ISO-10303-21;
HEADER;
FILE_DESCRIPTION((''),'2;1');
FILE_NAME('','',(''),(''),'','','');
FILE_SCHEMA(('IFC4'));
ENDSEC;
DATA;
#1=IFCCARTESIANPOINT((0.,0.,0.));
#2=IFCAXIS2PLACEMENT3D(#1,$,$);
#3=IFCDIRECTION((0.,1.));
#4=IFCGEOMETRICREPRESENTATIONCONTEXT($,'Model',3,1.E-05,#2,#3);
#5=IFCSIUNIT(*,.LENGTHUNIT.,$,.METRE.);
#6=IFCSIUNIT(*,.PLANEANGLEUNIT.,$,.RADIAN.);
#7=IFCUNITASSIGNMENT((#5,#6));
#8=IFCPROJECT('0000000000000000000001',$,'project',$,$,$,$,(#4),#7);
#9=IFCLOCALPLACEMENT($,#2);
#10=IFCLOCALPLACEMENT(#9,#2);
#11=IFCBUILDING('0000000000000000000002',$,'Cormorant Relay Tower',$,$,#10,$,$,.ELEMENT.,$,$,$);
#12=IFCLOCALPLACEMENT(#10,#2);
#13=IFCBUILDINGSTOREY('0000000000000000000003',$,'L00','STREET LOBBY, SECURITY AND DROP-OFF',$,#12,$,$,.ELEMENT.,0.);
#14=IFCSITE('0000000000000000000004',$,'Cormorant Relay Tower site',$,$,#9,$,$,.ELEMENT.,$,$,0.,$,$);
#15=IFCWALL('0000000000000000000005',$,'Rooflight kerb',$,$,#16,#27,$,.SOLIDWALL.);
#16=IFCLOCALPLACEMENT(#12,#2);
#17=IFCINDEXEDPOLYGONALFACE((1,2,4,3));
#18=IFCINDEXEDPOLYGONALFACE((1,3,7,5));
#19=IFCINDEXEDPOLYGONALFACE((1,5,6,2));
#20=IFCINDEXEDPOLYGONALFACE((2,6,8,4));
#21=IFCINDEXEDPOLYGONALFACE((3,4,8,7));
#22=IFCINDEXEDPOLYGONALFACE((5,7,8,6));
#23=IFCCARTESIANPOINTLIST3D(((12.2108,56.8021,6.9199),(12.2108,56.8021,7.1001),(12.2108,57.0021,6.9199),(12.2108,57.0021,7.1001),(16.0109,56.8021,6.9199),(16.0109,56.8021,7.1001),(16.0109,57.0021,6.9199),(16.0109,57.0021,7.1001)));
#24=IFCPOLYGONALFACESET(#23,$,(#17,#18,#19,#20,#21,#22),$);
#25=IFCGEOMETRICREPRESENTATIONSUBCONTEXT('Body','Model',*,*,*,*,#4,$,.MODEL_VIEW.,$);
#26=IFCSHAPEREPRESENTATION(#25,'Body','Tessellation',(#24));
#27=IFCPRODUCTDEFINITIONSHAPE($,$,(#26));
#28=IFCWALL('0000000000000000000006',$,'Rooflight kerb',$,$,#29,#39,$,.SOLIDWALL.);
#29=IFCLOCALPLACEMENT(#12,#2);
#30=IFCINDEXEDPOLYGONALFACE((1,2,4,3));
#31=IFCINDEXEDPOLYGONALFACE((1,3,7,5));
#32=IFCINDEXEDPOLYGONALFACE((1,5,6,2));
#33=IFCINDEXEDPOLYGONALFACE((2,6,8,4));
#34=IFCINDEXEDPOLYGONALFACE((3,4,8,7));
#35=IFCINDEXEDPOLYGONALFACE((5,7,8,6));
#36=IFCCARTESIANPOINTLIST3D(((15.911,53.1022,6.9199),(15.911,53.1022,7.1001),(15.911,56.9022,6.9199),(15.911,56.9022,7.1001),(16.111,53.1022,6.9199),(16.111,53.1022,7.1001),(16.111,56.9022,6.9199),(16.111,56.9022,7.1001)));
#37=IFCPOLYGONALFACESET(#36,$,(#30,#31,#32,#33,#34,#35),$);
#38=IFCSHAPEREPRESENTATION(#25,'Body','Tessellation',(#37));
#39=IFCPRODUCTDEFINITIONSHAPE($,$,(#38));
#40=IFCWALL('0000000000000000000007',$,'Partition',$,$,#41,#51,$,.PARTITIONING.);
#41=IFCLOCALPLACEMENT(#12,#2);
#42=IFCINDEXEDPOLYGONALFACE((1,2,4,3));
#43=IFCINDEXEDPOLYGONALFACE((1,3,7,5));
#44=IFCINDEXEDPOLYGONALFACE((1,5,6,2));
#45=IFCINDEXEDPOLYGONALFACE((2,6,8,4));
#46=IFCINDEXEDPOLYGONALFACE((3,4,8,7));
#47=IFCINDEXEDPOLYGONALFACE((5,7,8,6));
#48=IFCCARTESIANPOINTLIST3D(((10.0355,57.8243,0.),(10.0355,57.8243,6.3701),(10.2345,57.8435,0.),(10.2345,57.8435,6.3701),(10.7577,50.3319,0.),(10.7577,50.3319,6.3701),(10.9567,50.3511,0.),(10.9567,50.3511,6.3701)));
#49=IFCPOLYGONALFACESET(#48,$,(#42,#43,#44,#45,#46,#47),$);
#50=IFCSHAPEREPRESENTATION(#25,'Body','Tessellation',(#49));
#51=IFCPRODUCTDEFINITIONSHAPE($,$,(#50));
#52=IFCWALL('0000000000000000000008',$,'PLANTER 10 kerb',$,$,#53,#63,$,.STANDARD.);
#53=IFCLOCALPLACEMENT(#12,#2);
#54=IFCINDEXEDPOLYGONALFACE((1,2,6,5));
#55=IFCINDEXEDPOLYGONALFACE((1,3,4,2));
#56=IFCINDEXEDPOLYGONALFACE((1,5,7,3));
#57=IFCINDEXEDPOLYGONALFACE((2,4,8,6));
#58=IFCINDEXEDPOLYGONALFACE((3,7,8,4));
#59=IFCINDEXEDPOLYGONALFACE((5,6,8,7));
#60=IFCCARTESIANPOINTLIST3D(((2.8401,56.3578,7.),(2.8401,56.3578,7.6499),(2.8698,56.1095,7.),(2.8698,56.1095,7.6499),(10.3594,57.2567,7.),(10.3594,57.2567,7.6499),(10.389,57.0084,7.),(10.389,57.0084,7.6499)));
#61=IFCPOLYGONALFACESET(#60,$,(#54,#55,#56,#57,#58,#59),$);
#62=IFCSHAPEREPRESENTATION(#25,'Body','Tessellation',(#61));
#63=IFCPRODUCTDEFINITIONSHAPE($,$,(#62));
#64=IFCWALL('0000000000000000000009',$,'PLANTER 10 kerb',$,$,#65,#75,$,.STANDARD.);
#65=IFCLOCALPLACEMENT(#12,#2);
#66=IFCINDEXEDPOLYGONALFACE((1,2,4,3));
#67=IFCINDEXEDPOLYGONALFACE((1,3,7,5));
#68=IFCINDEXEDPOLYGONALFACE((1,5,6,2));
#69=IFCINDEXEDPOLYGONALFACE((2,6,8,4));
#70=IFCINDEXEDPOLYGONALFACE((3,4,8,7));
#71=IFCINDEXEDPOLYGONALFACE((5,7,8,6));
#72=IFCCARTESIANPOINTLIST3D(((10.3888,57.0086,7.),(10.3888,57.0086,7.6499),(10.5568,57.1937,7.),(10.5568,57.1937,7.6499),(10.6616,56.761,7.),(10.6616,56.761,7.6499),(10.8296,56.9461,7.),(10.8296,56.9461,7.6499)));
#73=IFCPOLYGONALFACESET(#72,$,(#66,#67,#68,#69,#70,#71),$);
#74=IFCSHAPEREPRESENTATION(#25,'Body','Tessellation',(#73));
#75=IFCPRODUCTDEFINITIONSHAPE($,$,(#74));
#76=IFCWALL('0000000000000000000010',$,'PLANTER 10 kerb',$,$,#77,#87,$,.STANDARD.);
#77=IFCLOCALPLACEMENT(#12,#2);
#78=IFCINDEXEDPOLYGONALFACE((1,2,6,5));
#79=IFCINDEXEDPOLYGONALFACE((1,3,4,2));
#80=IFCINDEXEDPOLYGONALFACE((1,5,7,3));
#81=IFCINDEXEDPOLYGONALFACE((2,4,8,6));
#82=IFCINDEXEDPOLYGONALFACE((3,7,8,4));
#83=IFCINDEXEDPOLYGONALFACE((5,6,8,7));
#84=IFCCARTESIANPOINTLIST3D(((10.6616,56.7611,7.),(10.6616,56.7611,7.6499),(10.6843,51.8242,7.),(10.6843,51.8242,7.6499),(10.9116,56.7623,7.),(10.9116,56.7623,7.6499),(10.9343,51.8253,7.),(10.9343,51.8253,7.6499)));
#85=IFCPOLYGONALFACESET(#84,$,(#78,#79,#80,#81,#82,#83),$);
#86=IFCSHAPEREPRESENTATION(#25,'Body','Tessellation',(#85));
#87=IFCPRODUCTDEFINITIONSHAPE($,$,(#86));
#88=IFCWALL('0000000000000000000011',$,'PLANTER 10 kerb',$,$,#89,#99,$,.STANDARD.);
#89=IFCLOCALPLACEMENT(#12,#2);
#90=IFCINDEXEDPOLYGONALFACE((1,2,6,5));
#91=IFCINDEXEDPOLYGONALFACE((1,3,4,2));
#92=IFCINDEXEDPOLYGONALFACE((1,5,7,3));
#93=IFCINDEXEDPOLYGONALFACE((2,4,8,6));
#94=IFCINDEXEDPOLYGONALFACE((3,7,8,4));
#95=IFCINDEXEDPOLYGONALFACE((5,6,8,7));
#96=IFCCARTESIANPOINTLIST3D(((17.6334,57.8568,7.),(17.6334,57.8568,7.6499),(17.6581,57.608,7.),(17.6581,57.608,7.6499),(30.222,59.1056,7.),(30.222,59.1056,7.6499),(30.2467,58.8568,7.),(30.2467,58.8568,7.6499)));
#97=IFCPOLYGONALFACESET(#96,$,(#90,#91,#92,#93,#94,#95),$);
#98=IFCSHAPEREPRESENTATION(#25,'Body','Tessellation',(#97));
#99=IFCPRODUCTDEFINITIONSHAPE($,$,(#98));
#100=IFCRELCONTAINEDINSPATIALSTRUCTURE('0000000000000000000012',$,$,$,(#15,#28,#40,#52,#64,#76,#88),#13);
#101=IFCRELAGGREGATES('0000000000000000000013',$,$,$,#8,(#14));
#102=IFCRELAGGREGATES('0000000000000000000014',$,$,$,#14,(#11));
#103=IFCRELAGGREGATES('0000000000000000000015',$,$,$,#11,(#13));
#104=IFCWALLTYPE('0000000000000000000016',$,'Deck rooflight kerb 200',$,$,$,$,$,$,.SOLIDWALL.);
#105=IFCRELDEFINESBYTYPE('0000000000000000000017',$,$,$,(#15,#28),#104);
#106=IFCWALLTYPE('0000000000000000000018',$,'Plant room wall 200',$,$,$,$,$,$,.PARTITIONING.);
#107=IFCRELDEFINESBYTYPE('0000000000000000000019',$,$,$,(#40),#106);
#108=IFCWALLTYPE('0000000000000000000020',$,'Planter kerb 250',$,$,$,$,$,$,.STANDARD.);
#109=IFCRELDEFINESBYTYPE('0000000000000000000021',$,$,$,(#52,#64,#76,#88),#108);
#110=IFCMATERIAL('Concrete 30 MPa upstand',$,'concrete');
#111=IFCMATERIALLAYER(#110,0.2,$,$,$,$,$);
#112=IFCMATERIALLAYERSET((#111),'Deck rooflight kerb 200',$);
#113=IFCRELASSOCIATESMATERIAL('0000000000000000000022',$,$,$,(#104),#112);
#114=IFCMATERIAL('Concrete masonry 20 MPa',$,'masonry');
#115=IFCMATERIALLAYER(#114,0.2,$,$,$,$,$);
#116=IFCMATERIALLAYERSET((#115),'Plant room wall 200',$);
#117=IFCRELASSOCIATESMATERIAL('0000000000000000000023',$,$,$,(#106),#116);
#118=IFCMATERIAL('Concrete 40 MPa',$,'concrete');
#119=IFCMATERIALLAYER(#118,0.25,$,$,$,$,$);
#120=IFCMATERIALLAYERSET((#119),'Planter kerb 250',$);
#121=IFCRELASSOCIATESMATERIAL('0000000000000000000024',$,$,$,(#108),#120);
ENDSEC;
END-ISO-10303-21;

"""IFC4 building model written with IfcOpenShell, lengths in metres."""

from ifc_helpers import new_model, si_unit, direction, frame, frame_2d, origin, place, context, subcontext, project, spatial, rectangle, extrude, material, layer, layer_set, type_object, element, save


model = new_model("IFC4")

# Units and contexts
model_context = context("Model", 3, precision=1e-05, world=origin(), true_north=direction((0.0, 1.0)))
body_context = subcontext(model_context, "Body", "Model", "MODEL_VIEW")
ifc_project = project(units=[si_unit("LENGTHUNIT", "METRE"), si_unit("PLANEANGLEUNIT", "RADIAN")], contexts=[model_context])

# Site, building, storey
site_placement = place(None, origin())
site = spatial("IfcSite", under=ifc_project, at=site_placement, Name="Cormorant Relay Tower site", CompositionType="ELEMENT", RefElevation=0.0)
building_placement = place(site_placement, origin())
building = spatial("IfcBuilding", under=site, at=building_placement, Name="Cormorant Relay Tower", CompositionType="ELEMENT")
storey_placement = place(building_placement, origin())
storey = spatial("IfcBuildingStorey", under=building, at=storey_placement, Name="L00", Description="STREET LOBBY, SECURITY AND DROP-OFF", CompositionType="ELEMENT", Elevation=0.0)

# Walls
ifc_material_1 = material(Name="Concrete 30 MPa upstand", Category="concrete")
ifc_layer_1 = layer(ifc_material_1, 0.2)
ifc_layer_set_1 = layer_set([ifc_layer_1], Name="Deck rooflight kerb 200")
wall_type_1 = type_object("IfcWallType", Name="Deck rooflight kerb 200", PredefinedType="SOLIDWALL", material=ifc_layer_set_1)
for number, where, z_axis, x_axis, name in (
    (1, (12.2109, 56.9021, 6.9199), (0.0, 0.0, 1.0), (1.0, 0.0, 0.0), "Rooflight kerb"),
    (2, (16.011, 56.9021, 6.9199), (0.0, 0.0, 1.0), (0.0, -1.0, 0.0), "Rooflight kerb"),
):
    element("IfcWall", number, at=place(storey_placement, frame(where, z_axis=z_axis, x_axis=x_axis)), inside=storey, type_object=wall_type_1, Name=name, PredefinedType="SOLIDWALL", context=body_context, shape_type="SweptSolid", body=[
        extrude(rectangle(XDim=3.8, YDim=0.2, at=frame_2d((1.8999, 0.0))), origin(), (0.0, 0.0, 1.0), 0.1802),
    ])
ifc_material_2 = material(Name="Concrete masonry 20 MPa", Category="masonry")
ifc_layer_2 = layer(ifc_material_2, 0.2)
ifc_layer_set_2 = layer_set([ifc_layer_2], Name="Plant room wall 200")
wall_type_2 = type_object("IfcWallType", Name="Plant room wall 200", PredefinedType="PARTITIONING", material=ifc_layer_set_2)
wall_1_placement = place(storey_placement, frame((10.135, 57.834, 0.0), z_axis=(0.0, 0.0, 1.0), x_axis=(0.095942, -0.995387, 0.0)))
element("IfcWall", 3, at=wall_1_placement, inside=storey, type_object=wall_type_2, Name="Partition", PredefinedType="PARTITIONING", context=body_context, shape_type="SweptSolid", body=[
    extrude(rectangle(XDim=7.5271, YDim=0.2, at=frame_2d((3.7637, 0.0))), origin(), (0.0, 0.0, 1.0), 6.3701),
])
ifc_material_3 = material(Name="Concrete 40 MPa", Category="concrete")
ifc_layer_3 = layer(ifc_material_3, 0.25)
ifc_layer_set_3 = layer_set([ifc_layer_3], Name="Planter kerb 250")
wall_type_3 = type_object("IfcWallType", Name="Planter kerb 250", PredefinedType="STANDARD", material=ifc_layer_set_3)
wall_2_placement = place(storey_placement, frame((2.855, 56.2336, 7.0), z_axis=(0.0, 0.0, 1.0), x_axis=(0.99293, 0.118704, 0.0)))
element("IfcWall", 4, at=wall_2_placement, inside=storey, type_object=wall_type_3, Name="PLANTER 10 kerb", PredefinedType="STANDARD", context=body_context, shape_type="SweptSolid", body=[
    extrude(rectangle(XDim=7.5728, YDim=0.25, at=frame_2d((3.7864, 0.0))), origin(), (0.0, 0.0, 1.0), 0.6499),
])
wall_3_placement = place(storey_placement, frame((10.4729, 57.1011, 7.0), z_axis=(0.0, 0.0, 1.0), x_axis=(0.74042, -0.672145, 0.0)))
element("IfcWall", 5, at=wall_3_placement, inside=storey, type_object=wall_type_3, Name="PLANTER 10 kerb", PredefinedType="STANDARD", context=body_context, shape_type="SweptSolid", body=[
    extrude(rectangle(XDim=0.3684, YDim=0.25, at=frame_2d((0.1841, 0.0))), origin(), (0.0, 0.0, 1.0), 0.6499),
])
wall_4_placement = place(storey_placement, frame((10.7866, 56.7617, 7.0), z_axis=(0.0, 0.0, 1.0), x_axis=(0.004599, -0.999989, 0.0)))
element("IfcWall", 6, at=wall_4_placement, inside=storey, type_object=wall_type_3, Name="PLANTER 10 kerb", PredefinedType="STANDARD", context=body_context, shape_type="SweptSolid", body=[
    extrude(rectangle(XDim=4.937, YDim=0.25, at=frame_2d((2.4685, 0.0))), origin(), (0.0, 0.0, 1.0), 0.6499),
])
wall_5_placement = place(storey_placement, frame((17.6458, 57.7324, 7.0), z_axis=(0.0, 0.0, 1.0), x_axis=(0.995116, 0.098715, 0.0)))
element("IfcWall", 7, at=wall_5_placement, inside=storey, type_object=wall_type_3, Name="PLANTER 10 kerb", PredefinedType="STANDARD", context=body_context, shape_type="SweptSolid", body=[
    extrude(rectangle(XDim=12.6504, YDim=0.25, at=frame_2d((6.3252, 0.0))), origin(), (0.0, 0.0, 1.0), 0.6499),
])

save(model, "model.ifc")
